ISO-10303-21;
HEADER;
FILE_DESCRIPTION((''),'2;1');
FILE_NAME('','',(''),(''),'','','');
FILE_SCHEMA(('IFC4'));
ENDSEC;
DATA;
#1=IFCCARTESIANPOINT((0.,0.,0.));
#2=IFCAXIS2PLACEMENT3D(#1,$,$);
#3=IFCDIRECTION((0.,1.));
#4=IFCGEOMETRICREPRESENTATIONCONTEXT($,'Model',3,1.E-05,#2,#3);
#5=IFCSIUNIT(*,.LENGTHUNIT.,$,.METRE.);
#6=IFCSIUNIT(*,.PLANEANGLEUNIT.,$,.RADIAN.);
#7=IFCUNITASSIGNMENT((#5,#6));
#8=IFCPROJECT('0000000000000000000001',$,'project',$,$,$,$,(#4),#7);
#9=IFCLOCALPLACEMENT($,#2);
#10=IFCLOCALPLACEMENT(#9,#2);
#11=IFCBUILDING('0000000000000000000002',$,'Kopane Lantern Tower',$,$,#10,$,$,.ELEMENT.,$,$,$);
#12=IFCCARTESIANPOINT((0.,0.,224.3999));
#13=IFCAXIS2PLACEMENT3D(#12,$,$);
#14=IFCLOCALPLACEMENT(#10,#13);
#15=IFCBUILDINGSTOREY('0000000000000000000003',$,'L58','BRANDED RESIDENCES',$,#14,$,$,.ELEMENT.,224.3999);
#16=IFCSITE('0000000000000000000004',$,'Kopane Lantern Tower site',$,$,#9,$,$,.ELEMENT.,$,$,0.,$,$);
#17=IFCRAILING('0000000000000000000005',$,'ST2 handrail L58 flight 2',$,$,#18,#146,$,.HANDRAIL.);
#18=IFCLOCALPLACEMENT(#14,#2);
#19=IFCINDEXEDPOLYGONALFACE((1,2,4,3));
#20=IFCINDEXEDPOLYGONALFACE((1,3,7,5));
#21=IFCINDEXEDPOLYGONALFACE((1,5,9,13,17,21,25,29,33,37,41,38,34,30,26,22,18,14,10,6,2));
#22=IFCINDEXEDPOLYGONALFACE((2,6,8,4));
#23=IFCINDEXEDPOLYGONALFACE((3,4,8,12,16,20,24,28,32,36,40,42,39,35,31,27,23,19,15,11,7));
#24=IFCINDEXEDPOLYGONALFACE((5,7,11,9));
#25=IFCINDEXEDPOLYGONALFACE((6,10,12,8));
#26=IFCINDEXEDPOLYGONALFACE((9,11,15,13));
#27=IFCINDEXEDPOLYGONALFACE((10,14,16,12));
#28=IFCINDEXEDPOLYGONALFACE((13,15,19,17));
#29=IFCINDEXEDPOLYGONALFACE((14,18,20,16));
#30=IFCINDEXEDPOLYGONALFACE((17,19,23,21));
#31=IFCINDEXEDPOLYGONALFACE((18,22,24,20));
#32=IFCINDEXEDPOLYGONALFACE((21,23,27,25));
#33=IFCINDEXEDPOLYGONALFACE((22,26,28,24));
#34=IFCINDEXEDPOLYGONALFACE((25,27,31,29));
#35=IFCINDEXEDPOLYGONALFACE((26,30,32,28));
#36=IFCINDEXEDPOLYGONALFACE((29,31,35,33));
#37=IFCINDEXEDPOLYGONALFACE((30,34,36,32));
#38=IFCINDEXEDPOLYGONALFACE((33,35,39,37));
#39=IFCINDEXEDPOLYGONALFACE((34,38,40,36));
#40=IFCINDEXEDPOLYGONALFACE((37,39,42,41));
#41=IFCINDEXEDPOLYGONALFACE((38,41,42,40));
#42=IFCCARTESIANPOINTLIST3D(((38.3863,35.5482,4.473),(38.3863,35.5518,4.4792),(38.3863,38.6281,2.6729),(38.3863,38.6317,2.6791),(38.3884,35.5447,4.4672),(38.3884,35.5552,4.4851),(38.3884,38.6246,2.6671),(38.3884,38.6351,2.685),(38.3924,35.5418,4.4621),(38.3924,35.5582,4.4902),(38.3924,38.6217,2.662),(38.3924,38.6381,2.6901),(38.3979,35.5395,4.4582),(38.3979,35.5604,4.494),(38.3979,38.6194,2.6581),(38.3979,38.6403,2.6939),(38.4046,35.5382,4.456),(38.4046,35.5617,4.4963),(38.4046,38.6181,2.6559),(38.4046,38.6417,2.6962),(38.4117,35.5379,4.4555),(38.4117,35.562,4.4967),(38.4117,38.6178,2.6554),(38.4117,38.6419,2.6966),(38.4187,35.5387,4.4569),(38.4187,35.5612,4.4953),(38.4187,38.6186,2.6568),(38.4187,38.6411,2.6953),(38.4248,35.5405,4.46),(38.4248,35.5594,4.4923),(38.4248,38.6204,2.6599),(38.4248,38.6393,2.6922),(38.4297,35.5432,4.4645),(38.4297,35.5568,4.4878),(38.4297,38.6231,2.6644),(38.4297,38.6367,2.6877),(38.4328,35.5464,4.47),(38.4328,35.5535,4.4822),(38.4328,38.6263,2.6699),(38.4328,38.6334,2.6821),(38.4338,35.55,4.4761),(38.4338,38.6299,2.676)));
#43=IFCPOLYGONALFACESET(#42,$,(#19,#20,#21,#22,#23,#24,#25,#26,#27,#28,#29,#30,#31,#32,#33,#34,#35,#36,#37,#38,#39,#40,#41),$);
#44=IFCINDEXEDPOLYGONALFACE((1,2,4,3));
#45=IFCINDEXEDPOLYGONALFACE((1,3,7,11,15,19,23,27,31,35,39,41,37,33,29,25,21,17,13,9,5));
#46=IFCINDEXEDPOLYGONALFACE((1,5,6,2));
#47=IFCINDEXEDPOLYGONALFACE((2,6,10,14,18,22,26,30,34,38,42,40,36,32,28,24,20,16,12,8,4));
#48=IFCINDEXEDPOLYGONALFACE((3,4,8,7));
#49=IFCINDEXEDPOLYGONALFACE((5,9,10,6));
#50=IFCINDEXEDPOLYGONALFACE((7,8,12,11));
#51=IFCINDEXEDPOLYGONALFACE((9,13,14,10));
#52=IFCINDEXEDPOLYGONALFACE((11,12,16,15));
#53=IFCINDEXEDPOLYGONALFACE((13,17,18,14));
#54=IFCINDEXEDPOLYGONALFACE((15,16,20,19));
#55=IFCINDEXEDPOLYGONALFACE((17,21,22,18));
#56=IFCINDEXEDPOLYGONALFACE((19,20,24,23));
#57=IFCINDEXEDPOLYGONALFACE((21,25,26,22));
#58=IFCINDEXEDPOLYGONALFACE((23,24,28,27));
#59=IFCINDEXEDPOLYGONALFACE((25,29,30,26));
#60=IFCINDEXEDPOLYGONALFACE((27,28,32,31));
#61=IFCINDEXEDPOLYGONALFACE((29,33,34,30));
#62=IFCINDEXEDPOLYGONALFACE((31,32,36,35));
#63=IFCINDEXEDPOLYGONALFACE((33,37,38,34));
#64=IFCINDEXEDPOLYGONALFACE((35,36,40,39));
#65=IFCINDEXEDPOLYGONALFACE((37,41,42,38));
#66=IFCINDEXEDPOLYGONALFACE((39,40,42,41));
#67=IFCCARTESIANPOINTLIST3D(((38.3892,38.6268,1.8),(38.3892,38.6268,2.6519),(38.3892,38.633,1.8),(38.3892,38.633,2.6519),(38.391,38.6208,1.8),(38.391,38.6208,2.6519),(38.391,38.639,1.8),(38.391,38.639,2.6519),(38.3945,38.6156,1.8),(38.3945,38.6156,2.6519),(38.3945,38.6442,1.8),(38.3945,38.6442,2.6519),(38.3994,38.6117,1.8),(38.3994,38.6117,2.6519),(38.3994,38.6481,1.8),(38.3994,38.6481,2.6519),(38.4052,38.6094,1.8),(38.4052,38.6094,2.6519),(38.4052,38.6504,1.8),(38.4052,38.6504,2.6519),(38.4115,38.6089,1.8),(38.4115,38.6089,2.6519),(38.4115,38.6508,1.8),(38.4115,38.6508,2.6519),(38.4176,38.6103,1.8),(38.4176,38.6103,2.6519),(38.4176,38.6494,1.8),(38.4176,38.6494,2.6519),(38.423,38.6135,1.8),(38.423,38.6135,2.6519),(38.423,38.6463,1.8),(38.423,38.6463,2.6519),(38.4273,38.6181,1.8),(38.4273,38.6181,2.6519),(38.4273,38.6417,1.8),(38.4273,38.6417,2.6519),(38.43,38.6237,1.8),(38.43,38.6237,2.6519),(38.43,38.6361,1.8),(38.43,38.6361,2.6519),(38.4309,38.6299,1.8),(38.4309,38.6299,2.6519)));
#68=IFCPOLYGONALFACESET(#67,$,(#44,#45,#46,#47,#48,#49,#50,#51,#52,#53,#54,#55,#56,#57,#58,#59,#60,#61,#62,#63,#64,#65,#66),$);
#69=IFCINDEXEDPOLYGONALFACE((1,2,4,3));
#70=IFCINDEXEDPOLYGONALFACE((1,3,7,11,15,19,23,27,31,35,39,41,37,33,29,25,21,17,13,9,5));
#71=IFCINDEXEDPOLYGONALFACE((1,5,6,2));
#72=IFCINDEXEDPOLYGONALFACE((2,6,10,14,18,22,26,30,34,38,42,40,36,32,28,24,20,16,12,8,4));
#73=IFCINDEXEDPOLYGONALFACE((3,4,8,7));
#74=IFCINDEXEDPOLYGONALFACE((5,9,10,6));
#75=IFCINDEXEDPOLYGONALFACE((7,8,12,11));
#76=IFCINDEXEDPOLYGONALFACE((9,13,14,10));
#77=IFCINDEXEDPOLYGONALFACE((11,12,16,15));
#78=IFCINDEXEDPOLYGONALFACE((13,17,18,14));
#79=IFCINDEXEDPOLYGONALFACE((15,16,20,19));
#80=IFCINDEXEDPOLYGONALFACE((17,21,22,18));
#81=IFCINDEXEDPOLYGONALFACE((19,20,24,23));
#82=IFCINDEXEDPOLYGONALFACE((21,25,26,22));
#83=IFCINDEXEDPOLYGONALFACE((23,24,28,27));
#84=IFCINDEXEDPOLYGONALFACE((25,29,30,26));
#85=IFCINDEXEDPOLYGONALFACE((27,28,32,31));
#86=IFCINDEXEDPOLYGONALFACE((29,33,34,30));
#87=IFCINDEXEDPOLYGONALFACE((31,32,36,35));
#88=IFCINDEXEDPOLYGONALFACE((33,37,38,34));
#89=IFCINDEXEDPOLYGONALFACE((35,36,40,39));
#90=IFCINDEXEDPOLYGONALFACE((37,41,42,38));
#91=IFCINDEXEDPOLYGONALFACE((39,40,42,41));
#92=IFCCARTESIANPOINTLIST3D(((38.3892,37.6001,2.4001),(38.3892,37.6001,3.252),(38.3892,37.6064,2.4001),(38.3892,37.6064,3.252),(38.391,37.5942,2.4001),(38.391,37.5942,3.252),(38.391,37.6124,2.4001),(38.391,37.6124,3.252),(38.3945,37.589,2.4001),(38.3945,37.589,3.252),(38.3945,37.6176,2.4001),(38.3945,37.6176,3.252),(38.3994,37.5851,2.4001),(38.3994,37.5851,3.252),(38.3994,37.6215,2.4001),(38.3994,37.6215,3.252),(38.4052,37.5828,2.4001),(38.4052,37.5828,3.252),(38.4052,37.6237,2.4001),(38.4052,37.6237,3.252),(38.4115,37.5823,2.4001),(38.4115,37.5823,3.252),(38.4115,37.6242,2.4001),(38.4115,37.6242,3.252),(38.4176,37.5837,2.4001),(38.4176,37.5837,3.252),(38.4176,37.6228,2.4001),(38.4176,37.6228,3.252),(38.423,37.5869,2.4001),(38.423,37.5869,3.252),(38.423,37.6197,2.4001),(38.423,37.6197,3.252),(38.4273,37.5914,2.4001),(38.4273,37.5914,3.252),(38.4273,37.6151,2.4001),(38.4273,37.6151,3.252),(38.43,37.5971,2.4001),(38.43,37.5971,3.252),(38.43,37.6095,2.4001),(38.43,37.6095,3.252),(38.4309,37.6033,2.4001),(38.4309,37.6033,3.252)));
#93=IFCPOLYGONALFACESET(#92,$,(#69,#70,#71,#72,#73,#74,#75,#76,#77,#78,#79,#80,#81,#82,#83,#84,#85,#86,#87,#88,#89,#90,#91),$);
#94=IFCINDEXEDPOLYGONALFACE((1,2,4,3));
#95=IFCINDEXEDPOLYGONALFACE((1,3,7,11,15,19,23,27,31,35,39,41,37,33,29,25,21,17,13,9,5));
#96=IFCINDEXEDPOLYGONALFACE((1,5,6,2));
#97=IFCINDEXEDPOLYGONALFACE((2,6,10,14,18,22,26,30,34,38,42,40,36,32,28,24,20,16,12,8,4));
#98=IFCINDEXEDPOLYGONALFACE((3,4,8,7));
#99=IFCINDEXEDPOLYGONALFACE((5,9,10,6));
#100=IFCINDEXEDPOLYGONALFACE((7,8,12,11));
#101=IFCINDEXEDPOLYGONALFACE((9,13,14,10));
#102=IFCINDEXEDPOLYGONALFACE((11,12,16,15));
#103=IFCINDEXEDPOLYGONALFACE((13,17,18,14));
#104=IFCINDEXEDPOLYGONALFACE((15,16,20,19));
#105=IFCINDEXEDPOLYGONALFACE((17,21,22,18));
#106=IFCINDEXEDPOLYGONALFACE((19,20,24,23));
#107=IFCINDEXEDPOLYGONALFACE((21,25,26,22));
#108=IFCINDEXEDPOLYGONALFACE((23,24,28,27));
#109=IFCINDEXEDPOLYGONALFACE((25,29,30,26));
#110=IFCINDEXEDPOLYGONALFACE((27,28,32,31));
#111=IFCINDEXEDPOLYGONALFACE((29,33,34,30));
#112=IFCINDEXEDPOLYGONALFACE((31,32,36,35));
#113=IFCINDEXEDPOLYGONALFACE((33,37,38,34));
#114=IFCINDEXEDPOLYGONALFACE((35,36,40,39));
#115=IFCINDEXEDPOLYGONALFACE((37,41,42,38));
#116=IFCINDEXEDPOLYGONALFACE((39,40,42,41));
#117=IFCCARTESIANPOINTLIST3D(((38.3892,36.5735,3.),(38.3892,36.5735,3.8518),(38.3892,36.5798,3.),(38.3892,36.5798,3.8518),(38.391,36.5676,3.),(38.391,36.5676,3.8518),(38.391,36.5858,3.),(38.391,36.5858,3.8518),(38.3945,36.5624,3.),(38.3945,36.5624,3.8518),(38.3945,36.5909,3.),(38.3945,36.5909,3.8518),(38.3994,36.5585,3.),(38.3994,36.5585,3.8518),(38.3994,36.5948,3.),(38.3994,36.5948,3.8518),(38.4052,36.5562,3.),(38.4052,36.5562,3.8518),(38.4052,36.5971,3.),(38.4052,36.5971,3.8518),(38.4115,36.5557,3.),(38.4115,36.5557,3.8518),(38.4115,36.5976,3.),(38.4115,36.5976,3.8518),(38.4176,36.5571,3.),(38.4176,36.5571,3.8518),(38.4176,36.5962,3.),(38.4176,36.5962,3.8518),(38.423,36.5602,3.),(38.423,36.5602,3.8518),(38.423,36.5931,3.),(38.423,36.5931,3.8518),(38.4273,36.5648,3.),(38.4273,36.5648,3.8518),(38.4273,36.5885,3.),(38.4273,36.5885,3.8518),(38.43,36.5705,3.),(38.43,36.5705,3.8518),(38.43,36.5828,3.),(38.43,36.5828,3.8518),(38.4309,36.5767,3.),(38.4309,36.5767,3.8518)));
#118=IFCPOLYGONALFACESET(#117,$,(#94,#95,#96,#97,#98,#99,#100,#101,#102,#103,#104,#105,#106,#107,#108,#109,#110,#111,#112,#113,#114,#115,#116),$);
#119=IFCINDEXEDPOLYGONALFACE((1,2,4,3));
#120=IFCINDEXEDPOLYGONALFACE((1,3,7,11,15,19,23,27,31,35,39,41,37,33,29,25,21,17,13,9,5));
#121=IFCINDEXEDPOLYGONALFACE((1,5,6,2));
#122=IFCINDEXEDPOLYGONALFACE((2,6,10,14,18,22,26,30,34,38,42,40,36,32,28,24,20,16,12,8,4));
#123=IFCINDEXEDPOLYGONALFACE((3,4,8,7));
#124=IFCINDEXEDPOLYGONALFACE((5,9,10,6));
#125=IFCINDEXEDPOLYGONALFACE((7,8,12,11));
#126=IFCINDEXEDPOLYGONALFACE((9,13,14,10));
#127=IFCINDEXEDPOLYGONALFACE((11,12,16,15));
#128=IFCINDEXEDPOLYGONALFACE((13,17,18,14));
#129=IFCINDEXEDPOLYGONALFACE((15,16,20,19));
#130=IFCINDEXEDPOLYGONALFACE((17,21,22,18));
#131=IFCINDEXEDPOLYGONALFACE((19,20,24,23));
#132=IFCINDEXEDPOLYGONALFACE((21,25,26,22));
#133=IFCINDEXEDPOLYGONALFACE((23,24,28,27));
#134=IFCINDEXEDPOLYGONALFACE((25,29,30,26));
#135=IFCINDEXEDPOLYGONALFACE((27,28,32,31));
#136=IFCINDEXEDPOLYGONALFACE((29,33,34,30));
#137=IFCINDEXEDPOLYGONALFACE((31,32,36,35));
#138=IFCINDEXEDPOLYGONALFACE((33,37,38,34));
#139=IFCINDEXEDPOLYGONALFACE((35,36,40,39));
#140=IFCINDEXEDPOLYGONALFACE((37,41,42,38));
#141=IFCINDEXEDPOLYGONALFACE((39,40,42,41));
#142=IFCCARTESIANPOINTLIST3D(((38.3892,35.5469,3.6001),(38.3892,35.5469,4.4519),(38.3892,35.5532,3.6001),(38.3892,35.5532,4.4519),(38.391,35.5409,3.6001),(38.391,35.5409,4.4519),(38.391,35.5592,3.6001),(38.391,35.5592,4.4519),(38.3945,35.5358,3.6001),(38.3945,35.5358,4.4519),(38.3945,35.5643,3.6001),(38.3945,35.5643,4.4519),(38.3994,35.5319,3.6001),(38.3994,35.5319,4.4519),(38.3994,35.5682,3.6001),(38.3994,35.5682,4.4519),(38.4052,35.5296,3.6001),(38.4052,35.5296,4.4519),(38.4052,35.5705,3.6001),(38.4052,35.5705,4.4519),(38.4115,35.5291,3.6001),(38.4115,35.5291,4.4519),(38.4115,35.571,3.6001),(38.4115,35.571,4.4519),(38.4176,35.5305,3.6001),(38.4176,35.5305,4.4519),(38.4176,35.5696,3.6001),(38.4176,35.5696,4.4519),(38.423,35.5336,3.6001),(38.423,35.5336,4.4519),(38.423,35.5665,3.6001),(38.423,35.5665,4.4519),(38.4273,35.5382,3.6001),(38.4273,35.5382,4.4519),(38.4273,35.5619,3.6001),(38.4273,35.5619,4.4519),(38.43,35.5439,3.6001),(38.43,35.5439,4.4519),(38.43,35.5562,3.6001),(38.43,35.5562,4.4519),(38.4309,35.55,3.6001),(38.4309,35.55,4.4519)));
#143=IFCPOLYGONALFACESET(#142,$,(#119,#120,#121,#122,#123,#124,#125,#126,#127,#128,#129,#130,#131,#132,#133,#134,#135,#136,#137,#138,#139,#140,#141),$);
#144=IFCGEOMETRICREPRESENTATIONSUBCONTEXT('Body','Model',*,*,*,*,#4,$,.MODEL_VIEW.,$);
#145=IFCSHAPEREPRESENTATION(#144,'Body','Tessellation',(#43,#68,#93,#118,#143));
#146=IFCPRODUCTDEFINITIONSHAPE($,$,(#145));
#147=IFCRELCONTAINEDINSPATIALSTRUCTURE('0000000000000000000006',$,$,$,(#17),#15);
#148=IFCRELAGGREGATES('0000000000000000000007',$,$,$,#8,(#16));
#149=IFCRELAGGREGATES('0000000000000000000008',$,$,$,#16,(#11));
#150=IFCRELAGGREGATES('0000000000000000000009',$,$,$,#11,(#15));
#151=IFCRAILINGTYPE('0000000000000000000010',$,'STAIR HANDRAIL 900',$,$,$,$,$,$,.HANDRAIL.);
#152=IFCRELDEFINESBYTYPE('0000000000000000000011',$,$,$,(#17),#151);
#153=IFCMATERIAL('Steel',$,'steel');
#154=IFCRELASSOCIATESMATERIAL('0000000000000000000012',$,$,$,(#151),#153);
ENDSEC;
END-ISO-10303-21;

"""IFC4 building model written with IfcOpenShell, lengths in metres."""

from ifc_helpers import new_model, si_unit, direction, frame, origin, origin_2d, place, context, subcontext, project, spatial, circle, extrude, material, type_object, element, save


model = new_model("IFC4")

# Units and contexts
model_context = context("Model", 3, precision=1e-05, world=origin(), true_north=direction((0.0, 1.0)))
body_context = subcontext(model_context, "Body", "Model", "MODEL_VIEW")
ifc_project = project(units=[si_unit("LENGTHUNIT", "METRE"), si_unit("PLANEANGLEUNIT", "RADIAN")], contexts=[model_context])

# Site, building, storey
site_placement = place(None, origin())
site = spatial("IfcSite", under=ifc_project, at=site_placement, Name="Kopane Lantern Tower site", CompositionType="ELEMENT", RefElevation=0.0)
building_placement = place(site_placement, origin())
building = spatial("IfcBuilding", under=site, at=building_placement, Name="Kopane Lantern Tower", CompositionType="ELEMENT")
storey_placement = place(building_placement, frame((0.0, 0.0, 224.3999)))
storey = spatial("IfcBuildingStorey", under=building, at=storey_placement, Name="L58", Description="BRANDED RESIDENCES", CompositionType="ELEMENT", Elevation=224.3999)

# Railing
ifc_material_1 = material(Name="Steel", Category="steel")
railing_type_1 = type_object("IfcRailingType", Name="STAIR HANDRAIL 900", PredefinedType="HANDRAIL", material=ifc_material_1)
for number, where, name in (
    (1, (38.4099, 38.6299, 1.8), "ST2 handrail L58 flight 2"),
):
    element("IfcRailing", number, at=place(storey_placement, frame(where)), inside=storey, type_object=railing_type_1, Name=name, PredefinedType="HANDRAIL", context=body_context, shape_type="SweptSolid", body=[
        extrude(circle(Radius=0.0239, at=origin_2d()), frame((0.0, 0.0, 0.876), z_axis=(0.0, -0.863354, 0.504598), x_axis=(1.0, 0.0, 0.0)), (0.0, 0.0, 1.0), 3.5674),
        extrude(circle(Radius=0.021, at=origin_2d()), origin(), (0.0, 0.0, 1.0), 0.8518),
        extrude(circle(Radius=0.021, at=origin_2d()), frame((0.0, -1.0266, 0.6001)), (0.0, 0.0, 1.0), 0.8518),
        extrude(circle(Radius=0.021, at=origin_2d()), frame((0.0, -2.0532, 1.2)), (0.0, 0.0, 1.0), 0.8518),
        extrude(circle(Radius=0.021, at=origin_2d()), frame((0.0, -3.0798, 1.8)), (0.0, 0.0, 1.0), 0.8518),
    ])

save(model, "model.ifc")
